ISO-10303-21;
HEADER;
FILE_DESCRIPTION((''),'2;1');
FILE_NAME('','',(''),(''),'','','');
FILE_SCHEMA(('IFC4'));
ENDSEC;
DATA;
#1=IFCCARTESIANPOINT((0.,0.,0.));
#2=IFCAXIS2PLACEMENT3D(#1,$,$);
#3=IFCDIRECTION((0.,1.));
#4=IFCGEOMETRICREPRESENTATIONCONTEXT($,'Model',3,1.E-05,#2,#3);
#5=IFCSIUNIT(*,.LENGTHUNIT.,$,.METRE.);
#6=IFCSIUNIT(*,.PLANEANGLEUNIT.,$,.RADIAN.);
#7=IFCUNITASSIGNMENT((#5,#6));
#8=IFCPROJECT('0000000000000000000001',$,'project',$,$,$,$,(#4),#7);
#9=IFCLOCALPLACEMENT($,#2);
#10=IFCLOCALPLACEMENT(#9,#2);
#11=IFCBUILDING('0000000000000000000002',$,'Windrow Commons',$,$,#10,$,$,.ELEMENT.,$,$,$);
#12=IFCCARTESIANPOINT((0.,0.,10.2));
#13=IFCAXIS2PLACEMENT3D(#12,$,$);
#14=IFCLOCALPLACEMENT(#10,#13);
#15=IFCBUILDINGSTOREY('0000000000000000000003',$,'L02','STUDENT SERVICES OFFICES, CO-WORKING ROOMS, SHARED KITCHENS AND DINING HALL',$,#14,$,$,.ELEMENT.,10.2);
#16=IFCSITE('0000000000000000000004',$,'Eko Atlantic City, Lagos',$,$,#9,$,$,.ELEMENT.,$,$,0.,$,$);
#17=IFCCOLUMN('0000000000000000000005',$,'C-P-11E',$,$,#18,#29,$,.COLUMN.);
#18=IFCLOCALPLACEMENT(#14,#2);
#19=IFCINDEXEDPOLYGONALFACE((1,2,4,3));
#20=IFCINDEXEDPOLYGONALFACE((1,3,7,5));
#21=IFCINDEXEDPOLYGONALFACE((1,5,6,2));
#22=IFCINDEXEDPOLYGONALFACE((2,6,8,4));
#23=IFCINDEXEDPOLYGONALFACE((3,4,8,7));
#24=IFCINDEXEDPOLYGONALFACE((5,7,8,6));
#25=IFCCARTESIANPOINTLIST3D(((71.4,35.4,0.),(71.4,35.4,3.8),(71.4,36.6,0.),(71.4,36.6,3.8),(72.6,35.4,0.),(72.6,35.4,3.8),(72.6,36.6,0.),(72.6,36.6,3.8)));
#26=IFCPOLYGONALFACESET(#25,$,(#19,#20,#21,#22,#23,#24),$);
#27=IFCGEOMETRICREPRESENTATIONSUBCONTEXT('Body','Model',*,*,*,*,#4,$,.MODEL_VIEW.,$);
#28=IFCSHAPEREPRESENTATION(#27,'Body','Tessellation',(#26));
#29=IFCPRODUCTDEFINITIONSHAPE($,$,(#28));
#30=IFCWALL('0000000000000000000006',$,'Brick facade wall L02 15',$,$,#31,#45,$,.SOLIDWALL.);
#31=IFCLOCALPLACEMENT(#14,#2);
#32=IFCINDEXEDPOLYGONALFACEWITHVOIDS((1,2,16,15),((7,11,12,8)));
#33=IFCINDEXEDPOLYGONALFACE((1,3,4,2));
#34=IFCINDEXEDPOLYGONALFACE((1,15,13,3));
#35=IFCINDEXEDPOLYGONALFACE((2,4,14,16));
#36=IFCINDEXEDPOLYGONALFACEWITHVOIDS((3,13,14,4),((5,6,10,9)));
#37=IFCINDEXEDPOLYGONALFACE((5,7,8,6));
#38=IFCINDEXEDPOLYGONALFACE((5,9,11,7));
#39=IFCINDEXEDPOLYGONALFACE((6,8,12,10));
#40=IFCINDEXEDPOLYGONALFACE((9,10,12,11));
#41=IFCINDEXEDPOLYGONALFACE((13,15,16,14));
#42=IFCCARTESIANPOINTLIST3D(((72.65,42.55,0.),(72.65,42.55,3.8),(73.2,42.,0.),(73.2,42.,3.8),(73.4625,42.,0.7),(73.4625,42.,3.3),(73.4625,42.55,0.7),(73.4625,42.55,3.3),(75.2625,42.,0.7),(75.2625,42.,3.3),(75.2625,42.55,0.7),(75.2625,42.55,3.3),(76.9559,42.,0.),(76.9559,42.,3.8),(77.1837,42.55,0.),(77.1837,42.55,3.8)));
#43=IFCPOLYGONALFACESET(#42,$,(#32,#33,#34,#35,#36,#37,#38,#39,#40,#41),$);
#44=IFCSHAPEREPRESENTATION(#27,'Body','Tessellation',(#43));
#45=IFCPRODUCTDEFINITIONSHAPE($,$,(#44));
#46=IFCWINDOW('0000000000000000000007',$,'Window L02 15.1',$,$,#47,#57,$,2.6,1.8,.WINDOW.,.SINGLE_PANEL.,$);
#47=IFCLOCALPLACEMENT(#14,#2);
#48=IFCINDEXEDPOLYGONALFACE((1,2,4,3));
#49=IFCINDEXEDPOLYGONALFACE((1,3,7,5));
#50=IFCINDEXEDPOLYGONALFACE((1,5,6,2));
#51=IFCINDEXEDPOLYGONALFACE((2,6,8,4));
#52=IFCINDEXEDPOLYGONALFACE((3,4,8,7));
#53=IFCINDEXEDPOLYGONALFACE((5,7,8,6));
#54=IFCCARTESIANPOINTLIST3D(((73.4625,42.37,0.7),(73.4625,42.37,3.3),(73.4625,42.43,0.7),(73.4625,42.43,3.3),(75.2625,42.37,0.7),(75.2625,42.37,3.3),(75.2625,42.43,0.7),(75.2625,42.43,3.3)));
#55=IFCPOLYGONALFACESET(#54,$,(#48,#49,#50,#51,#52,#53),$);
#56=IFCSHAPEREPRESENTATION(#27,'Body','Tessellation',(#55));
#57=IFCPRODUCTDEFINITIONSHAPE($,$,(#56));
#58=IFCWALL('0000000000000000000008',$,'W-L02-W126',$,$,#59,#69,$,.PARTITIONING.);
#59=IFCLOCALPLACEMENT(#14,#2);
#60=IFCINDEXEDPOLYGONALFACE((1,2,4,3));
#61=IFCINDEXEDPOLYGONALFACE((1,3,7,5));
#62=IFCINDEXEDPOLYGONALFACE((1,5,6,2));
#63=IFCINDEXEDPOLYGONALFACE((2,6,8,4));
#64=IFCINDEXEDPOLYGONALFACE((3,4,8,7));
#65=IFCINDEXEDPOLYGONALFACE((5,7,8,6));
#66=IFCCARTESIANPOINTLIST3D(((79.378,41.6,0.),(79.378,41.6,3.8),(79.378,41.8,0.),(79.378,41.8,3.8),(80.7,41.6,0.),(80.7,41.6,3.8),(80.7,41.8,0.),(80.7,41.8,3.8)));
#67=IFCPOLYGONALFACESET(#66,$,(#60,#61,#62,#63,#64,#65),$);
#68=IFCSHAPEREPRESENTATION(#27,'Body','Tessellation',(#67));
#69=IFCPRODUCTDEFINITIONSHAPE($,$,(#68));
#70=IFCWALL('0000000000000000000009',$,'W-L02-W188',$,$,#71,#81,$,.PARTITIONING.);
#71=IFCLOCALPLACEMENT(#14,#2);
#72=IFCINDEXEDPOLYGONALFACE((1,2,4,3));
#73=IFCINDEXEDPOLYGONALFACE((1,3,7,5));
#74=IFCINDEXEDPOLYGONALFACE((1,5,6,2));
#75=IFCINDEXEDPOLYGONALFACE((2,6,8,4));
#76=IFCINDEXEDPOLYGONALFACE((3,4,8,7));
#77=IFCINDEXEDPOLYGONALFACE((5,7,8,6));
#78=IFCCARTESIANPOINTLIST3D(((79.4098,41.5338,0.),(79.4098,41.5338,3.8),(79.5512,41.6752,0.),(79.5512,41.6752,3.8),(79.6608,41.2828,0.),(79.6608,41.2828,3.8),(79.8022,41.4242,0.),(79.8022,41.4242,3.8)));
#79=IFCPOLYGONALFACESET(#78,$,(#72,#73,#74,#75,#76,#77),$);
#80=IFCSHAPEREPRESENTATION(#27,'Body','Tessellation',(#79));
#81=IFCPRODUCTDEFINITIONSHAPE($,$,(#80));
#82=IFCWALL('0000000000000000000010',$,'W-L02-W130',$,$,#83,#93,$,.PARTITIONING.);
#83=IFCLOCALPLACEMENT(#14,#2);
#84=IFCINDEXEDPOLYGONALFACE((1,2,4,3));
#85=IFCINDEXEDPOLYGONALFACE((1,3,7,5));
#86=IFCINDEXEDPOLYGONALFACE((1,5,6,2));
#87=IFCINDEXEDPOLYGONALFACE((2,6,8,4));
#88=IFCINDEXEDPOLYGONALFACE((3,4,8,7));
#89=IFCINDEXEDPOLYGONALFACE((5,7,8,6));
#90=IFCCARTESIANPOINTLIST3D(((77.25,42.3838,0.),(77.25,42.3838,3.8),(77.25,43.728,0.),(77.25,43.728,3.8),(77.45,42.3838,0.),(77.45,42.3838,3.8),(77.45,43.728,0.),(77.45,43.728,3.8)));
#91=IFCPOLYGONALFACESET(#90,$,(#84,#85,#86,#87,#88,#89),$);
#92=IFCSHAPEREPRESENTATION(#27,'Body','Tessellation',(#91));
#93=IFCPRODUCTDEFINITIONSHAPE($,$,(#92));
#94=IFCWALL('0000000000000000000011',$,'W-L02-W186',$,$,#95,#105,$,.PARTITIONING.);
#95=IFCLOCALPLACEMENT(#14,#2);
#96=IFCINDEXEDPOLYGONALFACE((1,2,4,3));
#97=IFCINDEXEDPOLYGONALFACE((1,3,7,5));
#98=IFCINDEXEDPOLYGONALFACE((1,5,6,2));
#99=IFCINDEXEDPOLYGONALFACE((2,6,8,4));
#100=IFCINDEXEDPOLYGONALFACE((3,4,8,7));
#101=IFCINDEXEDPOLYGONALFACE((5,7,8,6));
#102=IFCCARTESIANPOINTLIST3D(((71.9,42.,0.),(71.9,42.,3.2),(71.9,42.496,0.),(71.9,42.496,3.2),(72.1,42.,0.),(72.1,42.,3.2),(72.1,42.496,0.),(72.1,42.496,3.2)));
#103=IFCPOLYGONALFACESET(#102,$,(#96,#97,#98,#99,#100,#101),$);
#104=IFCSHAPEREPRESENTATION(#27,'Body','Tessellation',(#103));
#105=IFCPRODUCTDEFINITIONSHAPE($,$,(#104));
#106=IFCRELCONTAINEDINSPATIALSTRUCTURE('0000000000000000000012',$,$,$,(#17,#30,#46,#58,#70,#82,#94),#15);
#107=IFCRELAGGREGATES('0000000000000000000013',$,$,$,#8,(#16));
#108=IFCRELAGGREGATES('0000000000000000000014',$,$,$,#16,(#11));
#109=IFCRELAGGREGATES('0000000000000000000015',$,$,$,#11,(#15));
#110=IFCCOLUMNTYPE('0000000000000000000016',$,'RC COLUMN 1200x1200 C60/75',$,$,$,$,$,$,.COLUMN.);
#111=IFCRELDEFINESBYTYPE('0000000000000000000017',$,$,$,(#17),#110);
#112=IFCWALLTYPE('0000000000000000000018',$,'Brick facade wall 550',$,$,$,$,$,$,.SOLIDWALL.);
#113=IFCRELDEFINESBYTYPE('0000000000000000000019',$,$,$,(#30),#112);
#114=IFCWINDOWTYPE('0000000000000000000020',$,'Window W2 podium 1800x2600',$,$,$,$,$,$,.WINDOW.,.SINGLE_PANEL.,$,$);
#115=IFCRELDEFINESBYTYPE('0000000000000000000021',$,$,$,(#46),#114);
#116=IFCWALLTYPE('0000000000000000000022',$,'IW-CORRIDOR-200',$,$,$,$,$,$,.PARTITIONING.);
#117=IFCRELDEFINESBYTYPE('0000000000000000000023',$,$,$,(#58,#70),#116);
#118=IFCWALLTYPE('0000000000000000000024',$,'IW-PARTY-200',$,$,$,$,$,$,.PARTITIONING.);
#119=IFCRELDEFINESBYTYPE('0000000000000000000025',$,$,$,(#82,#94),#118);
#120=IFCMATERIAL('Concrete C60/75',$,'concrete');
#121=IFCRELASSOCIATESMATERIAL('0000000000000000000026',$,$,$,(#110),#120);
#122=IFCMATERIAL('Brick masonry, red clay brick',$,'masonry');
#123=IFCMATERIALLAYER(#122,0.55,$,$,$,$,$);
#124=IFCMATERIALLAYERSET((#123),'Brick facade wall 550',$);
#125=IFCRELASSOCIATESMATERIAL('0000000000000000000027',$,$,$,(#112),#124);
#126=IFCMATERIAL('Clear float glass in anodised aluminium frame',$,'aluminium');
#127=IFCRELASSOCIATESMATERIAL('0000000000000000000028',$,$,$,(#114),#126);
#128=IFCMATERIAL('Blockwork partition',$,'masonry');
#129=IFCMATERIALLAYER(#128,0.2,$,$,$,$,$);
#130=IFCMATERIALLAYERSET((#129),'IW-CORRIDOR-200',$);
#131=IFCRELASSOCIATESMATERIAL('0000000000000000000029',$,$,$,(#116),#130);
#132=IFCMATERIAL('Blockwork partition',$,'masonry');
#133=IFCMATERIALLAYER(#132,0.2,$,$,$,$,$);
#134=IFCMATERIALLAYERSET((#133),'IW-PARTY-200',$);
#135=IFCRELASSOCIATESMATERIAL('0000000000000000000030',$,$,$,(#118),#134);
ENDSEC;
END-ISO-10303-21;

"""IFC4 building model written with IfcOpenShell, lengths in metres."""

from ifc_helpers import new_model, si_unit, direction, frame, frame_2d, origin, origin_2d, place, context, subcontext, project, spatial, polyline, rectangle, outline, extrude, material, layer, layer_set, material_profile, profile_set, type_object, element, fill, save


model = new_model("IFC4")

# Units and contexts
model_context = context("Model", 3, precision=1e-05, world=origin(), true_north=direction((0.0, 1.0)))
body_context = subcontext(model_context, "Body", "Model", "MODEL_VIEW")
ifc_project = project(units=[si_unit("LENGTHUNIT", "METRE"), si_unit("PLANEANGLEUNIT", "RADIAN")], contexts=[model_context])

# Site, building, storey
site_placement = place(None, origin())
site = spatial("IfcSite", under=ifc_project, at=site_placement, Name="Eko Atlantic City, Lagos", CompositionType="ELEMENT", RefElevation=0.0)
building_placement = place(site_placement, origin())
building = spatial("IfcBuilding", under=site, at=building_placement, Name="Windrow Commons", CompositionType="ELEMENT")
storey_placement = place(building_placement, frame((0.0, 0.0, 10.2)))
storey = spatial("IfcBuildingStorey", under=building, at=storey_placement, Name="L02", Description="STUDENT SERVICES OFFICES, CO-WORKING ROOMS, SHARED KITCHENS AND DINING HALL", CompositionType="ELEMENT", Elevation=10.2)

# Column
ifc_material_1 = material(Name="Concrete C60/75", Category="concrete")
ifc_material_profile = material_profile(ifc_material_1, rectangle(XDim=1.2, YDim=1.2, at=origin_2d()))
ifc_profile_set = profile_set([ifc_material_profile], Name="Concrete C60/75")
column_type = type_object("IfcColumnType", Name="RC COLUMN 1200x1200 C60/75", PredefinedType="COLUMN", material=ifc_profile_set)
column_placement = place(storey_placement, frame((72.0, 36.0, 0.0), z_axis=(0.0, 0.0, 1.0), x_axis=(1.0, 0.0, 0.0)))
element("IfcColumn", 1, at=column_placement, inside=storey, type_object=column_type, Name="C-P-11E", PredefinedType="COLUMN", context=body_context, shape_type="SweptSolid", body=[
    extrude(rectangle(XDim=1.2, YDim=1.2, at=origin_2d()), origin(), (0.0, 0.0, 1.0), 3.8),
])

# Wall, opening, window
ifc_material_2 = material(Name="Brick masonry, red clay brick", Category="masonry")
ifc_layer_1 = layer(ifc_material_2, 0.55)
ifc_layer_set_1 = layer_set([ifc_layer_1], Name="Brick facade wall 550")
wall_type_1 = type_object("IfcWallType", Name="Brick facade wall 550", PredefinedType="SOLIDWALL", material=ifc_layer_set_1)
wall_1_placement = place(storey_placement, frame((72.925, 42.275, 0.0), z_axis=(0.0, 0.0, 1.0), x_axis=(1.0, 0.0, 0.0)))
wall_1 = element("IfcWall", 2, at=wall_1_placement, inside=storey, type_object=wall_type_1, Name="Brick facade wall L02 15", PredefinedType="SOLIDWALL", context=body_context, shape_type="SweptSolid", body=[
    extrude(outline(polyline([(0.275, -0.275), (4.0309, -0.275), (4.2587, 0.275), (-0.275, 0.275), (0.275, -0.275)])), origin(), (0.0, 0.0, 1.0), 3.8),
])
opening_1_placement = place(wall_1_placement, frame((0.5375, 0.0, 0.7)))
opening_1 = element("IfcOpeningElement", 3, at=opening_1_placement, cuts=wall_1, PredefinedType="OPENING", context=body_context, shape_type="SweptSolid", body=[
    extrude(rectangle(XDim=1.8, YDim=2.6, at=frame_2d((0.9, 1.3))), frame((0.0, 0.285, 0.0), z_axis=(0.0, -1.0, 0.0), x_axis=(1.0, 0.0, 0.0)), (0.0, 0.0, 1.0), 0.57),
])
ifc_material_3 = material(Name="Clear float glass in anodised aluminium frame", Category="aluminium")
window_type = type_object("IfcWindowType", Name="Window W2 podium 1800x2600", PartitioningType="SINGLE_PANEL", PredefinedType="WINDOW", material=ifc_material_3)
window_1_placement = place(opening_1_placement, origin())
window_1 = element("IfcWindow", 4, at=window_1_placement, inside=storey, type_object=window_type, Name="Window L02 15.1", OverallHeight=2.6, OverallWidth=1.8, PartitioningType="SINGLE_PANEL", PredefinedType="WINDOW", context=body_context, shape_type="SweptSolid", body=[
    extrude(rectangle(XDim=1.8, YDim=2.6, at=frame_2d((0.9, 1.3))), frame((0.0, 0.155, 0.0), z_axis=(0.0, -1.0, 0.0), x_axis=(1.0, 0.0, 0.0)), (0.0, 0.0, 1.0), 0.06),
])
fill(opening_1, window_1)

# Walls
ifc_material_4 = material(Name="Blockwork partition", Category="masonry")
ifc_layer_2 = layer(ifc_material_4, 0.2)
ifc_layer_set_2 = layer_set([ifc_layer_2], Name="IW-CORRIDOR-200")
wall_type_2 = type_object("IfcWallType", Name="IW-CORRIDOR-200", PredefinedType="PARTITIONING", material=ifc_layer_set_2)
wall_2_placement = place(storey_placement, frame((79.378, 41.7, 0.0), z_axis=(0.0, 0.0, 1.0), x_axis=(1.0, 0.0, 0.0)))
element("IfcWall", 5, at=wall_2_placement, inside=storey, type_object=wall_type_2, Name="W-L02-W126", PredefinedType="PARTITIONING", context=body_context, shape_type="SweptSolid", body=[
    extrude(rectangle(XDim=1.322, YDim=0.2, at=frame_2d((0.661, 0.0))), origin(), (0.0, 0.0, 1.0), 3.8),
])
wall_3_placement = place(storey_placement, frame((79.4805, 41.6045, 0.0), z_axis=(0.0, 0.0, 1.0), x_axis=(0.707107, -0.707107, 0.0)))
element("IfcWall", 6, at=wall_3_placement, inside=storey, type_object=wall_type_2, Name="W-L02-W188", PredefinedType="PARTITIONING", context=body_context, shape_type="SweptSolid", body=[
    extrude(rectangle(XDim=0.355, YDim=0.2, at=frame_2d((0.1775, 0.0))), origin(), (0.0, 0.0, 1.0), 3.8),
])
ifc_material_5 = material(Name="Blockwork partition", Category="masonry")
ifc_layer_3 = layer(ifc_material_5, 0.2)
ifc_layer_set_3 = layer_set([ifc_layer_3], Name="IW-PARTY-200")
wall_type_3 = type_object("IfcWallType", Name="IW-PARTY-200", PredefinedType="PARTITIONING", material=ifc_layer_set_3)
wall_4_placement = place(storey_placement, frame((77.35, 42.3837, 0.0), z_axis=(0.0, 0.0, 1.0), x_axis=(0.0, 1.0, 0.0)))
element("IfcWall", 7, at=wall_4_placement, inside=storey, type_object=wall_type_3, Name="W-L02-W130", PredefinedType="PARTITIONING", context=body_context, shape_type="SweptSolid", body=[
    extrude(rectangle(XDim=1.3443, YDim=0.2, at=frame_2d((0.6722, 0.0))), origin(), (0.0, 0.0, 1.0), 3.8),
])
wall_5_placement = place(storey_placement, frame((72.0, 42.0, 0.0), z_axis=(0.0, 0.0, 1.0), x_axis=(0.0, 1.0, 0.0)))
element("IfcWall", 8, at=wall_5_placement, inside=storey, type_object=wall_type_3, Name="W-L02-W186", PredefinedType="PARTITIONING", context=body_context, shape_type="SweptSolid", body=[
    extrude(rectangle(XDim=0.496, YDim=0.2, at=frame_2d((0.248, 0.0))), origin(), (0.0, 0.0, 1.0), 3.2),
])

save(model, "model.ifc")
